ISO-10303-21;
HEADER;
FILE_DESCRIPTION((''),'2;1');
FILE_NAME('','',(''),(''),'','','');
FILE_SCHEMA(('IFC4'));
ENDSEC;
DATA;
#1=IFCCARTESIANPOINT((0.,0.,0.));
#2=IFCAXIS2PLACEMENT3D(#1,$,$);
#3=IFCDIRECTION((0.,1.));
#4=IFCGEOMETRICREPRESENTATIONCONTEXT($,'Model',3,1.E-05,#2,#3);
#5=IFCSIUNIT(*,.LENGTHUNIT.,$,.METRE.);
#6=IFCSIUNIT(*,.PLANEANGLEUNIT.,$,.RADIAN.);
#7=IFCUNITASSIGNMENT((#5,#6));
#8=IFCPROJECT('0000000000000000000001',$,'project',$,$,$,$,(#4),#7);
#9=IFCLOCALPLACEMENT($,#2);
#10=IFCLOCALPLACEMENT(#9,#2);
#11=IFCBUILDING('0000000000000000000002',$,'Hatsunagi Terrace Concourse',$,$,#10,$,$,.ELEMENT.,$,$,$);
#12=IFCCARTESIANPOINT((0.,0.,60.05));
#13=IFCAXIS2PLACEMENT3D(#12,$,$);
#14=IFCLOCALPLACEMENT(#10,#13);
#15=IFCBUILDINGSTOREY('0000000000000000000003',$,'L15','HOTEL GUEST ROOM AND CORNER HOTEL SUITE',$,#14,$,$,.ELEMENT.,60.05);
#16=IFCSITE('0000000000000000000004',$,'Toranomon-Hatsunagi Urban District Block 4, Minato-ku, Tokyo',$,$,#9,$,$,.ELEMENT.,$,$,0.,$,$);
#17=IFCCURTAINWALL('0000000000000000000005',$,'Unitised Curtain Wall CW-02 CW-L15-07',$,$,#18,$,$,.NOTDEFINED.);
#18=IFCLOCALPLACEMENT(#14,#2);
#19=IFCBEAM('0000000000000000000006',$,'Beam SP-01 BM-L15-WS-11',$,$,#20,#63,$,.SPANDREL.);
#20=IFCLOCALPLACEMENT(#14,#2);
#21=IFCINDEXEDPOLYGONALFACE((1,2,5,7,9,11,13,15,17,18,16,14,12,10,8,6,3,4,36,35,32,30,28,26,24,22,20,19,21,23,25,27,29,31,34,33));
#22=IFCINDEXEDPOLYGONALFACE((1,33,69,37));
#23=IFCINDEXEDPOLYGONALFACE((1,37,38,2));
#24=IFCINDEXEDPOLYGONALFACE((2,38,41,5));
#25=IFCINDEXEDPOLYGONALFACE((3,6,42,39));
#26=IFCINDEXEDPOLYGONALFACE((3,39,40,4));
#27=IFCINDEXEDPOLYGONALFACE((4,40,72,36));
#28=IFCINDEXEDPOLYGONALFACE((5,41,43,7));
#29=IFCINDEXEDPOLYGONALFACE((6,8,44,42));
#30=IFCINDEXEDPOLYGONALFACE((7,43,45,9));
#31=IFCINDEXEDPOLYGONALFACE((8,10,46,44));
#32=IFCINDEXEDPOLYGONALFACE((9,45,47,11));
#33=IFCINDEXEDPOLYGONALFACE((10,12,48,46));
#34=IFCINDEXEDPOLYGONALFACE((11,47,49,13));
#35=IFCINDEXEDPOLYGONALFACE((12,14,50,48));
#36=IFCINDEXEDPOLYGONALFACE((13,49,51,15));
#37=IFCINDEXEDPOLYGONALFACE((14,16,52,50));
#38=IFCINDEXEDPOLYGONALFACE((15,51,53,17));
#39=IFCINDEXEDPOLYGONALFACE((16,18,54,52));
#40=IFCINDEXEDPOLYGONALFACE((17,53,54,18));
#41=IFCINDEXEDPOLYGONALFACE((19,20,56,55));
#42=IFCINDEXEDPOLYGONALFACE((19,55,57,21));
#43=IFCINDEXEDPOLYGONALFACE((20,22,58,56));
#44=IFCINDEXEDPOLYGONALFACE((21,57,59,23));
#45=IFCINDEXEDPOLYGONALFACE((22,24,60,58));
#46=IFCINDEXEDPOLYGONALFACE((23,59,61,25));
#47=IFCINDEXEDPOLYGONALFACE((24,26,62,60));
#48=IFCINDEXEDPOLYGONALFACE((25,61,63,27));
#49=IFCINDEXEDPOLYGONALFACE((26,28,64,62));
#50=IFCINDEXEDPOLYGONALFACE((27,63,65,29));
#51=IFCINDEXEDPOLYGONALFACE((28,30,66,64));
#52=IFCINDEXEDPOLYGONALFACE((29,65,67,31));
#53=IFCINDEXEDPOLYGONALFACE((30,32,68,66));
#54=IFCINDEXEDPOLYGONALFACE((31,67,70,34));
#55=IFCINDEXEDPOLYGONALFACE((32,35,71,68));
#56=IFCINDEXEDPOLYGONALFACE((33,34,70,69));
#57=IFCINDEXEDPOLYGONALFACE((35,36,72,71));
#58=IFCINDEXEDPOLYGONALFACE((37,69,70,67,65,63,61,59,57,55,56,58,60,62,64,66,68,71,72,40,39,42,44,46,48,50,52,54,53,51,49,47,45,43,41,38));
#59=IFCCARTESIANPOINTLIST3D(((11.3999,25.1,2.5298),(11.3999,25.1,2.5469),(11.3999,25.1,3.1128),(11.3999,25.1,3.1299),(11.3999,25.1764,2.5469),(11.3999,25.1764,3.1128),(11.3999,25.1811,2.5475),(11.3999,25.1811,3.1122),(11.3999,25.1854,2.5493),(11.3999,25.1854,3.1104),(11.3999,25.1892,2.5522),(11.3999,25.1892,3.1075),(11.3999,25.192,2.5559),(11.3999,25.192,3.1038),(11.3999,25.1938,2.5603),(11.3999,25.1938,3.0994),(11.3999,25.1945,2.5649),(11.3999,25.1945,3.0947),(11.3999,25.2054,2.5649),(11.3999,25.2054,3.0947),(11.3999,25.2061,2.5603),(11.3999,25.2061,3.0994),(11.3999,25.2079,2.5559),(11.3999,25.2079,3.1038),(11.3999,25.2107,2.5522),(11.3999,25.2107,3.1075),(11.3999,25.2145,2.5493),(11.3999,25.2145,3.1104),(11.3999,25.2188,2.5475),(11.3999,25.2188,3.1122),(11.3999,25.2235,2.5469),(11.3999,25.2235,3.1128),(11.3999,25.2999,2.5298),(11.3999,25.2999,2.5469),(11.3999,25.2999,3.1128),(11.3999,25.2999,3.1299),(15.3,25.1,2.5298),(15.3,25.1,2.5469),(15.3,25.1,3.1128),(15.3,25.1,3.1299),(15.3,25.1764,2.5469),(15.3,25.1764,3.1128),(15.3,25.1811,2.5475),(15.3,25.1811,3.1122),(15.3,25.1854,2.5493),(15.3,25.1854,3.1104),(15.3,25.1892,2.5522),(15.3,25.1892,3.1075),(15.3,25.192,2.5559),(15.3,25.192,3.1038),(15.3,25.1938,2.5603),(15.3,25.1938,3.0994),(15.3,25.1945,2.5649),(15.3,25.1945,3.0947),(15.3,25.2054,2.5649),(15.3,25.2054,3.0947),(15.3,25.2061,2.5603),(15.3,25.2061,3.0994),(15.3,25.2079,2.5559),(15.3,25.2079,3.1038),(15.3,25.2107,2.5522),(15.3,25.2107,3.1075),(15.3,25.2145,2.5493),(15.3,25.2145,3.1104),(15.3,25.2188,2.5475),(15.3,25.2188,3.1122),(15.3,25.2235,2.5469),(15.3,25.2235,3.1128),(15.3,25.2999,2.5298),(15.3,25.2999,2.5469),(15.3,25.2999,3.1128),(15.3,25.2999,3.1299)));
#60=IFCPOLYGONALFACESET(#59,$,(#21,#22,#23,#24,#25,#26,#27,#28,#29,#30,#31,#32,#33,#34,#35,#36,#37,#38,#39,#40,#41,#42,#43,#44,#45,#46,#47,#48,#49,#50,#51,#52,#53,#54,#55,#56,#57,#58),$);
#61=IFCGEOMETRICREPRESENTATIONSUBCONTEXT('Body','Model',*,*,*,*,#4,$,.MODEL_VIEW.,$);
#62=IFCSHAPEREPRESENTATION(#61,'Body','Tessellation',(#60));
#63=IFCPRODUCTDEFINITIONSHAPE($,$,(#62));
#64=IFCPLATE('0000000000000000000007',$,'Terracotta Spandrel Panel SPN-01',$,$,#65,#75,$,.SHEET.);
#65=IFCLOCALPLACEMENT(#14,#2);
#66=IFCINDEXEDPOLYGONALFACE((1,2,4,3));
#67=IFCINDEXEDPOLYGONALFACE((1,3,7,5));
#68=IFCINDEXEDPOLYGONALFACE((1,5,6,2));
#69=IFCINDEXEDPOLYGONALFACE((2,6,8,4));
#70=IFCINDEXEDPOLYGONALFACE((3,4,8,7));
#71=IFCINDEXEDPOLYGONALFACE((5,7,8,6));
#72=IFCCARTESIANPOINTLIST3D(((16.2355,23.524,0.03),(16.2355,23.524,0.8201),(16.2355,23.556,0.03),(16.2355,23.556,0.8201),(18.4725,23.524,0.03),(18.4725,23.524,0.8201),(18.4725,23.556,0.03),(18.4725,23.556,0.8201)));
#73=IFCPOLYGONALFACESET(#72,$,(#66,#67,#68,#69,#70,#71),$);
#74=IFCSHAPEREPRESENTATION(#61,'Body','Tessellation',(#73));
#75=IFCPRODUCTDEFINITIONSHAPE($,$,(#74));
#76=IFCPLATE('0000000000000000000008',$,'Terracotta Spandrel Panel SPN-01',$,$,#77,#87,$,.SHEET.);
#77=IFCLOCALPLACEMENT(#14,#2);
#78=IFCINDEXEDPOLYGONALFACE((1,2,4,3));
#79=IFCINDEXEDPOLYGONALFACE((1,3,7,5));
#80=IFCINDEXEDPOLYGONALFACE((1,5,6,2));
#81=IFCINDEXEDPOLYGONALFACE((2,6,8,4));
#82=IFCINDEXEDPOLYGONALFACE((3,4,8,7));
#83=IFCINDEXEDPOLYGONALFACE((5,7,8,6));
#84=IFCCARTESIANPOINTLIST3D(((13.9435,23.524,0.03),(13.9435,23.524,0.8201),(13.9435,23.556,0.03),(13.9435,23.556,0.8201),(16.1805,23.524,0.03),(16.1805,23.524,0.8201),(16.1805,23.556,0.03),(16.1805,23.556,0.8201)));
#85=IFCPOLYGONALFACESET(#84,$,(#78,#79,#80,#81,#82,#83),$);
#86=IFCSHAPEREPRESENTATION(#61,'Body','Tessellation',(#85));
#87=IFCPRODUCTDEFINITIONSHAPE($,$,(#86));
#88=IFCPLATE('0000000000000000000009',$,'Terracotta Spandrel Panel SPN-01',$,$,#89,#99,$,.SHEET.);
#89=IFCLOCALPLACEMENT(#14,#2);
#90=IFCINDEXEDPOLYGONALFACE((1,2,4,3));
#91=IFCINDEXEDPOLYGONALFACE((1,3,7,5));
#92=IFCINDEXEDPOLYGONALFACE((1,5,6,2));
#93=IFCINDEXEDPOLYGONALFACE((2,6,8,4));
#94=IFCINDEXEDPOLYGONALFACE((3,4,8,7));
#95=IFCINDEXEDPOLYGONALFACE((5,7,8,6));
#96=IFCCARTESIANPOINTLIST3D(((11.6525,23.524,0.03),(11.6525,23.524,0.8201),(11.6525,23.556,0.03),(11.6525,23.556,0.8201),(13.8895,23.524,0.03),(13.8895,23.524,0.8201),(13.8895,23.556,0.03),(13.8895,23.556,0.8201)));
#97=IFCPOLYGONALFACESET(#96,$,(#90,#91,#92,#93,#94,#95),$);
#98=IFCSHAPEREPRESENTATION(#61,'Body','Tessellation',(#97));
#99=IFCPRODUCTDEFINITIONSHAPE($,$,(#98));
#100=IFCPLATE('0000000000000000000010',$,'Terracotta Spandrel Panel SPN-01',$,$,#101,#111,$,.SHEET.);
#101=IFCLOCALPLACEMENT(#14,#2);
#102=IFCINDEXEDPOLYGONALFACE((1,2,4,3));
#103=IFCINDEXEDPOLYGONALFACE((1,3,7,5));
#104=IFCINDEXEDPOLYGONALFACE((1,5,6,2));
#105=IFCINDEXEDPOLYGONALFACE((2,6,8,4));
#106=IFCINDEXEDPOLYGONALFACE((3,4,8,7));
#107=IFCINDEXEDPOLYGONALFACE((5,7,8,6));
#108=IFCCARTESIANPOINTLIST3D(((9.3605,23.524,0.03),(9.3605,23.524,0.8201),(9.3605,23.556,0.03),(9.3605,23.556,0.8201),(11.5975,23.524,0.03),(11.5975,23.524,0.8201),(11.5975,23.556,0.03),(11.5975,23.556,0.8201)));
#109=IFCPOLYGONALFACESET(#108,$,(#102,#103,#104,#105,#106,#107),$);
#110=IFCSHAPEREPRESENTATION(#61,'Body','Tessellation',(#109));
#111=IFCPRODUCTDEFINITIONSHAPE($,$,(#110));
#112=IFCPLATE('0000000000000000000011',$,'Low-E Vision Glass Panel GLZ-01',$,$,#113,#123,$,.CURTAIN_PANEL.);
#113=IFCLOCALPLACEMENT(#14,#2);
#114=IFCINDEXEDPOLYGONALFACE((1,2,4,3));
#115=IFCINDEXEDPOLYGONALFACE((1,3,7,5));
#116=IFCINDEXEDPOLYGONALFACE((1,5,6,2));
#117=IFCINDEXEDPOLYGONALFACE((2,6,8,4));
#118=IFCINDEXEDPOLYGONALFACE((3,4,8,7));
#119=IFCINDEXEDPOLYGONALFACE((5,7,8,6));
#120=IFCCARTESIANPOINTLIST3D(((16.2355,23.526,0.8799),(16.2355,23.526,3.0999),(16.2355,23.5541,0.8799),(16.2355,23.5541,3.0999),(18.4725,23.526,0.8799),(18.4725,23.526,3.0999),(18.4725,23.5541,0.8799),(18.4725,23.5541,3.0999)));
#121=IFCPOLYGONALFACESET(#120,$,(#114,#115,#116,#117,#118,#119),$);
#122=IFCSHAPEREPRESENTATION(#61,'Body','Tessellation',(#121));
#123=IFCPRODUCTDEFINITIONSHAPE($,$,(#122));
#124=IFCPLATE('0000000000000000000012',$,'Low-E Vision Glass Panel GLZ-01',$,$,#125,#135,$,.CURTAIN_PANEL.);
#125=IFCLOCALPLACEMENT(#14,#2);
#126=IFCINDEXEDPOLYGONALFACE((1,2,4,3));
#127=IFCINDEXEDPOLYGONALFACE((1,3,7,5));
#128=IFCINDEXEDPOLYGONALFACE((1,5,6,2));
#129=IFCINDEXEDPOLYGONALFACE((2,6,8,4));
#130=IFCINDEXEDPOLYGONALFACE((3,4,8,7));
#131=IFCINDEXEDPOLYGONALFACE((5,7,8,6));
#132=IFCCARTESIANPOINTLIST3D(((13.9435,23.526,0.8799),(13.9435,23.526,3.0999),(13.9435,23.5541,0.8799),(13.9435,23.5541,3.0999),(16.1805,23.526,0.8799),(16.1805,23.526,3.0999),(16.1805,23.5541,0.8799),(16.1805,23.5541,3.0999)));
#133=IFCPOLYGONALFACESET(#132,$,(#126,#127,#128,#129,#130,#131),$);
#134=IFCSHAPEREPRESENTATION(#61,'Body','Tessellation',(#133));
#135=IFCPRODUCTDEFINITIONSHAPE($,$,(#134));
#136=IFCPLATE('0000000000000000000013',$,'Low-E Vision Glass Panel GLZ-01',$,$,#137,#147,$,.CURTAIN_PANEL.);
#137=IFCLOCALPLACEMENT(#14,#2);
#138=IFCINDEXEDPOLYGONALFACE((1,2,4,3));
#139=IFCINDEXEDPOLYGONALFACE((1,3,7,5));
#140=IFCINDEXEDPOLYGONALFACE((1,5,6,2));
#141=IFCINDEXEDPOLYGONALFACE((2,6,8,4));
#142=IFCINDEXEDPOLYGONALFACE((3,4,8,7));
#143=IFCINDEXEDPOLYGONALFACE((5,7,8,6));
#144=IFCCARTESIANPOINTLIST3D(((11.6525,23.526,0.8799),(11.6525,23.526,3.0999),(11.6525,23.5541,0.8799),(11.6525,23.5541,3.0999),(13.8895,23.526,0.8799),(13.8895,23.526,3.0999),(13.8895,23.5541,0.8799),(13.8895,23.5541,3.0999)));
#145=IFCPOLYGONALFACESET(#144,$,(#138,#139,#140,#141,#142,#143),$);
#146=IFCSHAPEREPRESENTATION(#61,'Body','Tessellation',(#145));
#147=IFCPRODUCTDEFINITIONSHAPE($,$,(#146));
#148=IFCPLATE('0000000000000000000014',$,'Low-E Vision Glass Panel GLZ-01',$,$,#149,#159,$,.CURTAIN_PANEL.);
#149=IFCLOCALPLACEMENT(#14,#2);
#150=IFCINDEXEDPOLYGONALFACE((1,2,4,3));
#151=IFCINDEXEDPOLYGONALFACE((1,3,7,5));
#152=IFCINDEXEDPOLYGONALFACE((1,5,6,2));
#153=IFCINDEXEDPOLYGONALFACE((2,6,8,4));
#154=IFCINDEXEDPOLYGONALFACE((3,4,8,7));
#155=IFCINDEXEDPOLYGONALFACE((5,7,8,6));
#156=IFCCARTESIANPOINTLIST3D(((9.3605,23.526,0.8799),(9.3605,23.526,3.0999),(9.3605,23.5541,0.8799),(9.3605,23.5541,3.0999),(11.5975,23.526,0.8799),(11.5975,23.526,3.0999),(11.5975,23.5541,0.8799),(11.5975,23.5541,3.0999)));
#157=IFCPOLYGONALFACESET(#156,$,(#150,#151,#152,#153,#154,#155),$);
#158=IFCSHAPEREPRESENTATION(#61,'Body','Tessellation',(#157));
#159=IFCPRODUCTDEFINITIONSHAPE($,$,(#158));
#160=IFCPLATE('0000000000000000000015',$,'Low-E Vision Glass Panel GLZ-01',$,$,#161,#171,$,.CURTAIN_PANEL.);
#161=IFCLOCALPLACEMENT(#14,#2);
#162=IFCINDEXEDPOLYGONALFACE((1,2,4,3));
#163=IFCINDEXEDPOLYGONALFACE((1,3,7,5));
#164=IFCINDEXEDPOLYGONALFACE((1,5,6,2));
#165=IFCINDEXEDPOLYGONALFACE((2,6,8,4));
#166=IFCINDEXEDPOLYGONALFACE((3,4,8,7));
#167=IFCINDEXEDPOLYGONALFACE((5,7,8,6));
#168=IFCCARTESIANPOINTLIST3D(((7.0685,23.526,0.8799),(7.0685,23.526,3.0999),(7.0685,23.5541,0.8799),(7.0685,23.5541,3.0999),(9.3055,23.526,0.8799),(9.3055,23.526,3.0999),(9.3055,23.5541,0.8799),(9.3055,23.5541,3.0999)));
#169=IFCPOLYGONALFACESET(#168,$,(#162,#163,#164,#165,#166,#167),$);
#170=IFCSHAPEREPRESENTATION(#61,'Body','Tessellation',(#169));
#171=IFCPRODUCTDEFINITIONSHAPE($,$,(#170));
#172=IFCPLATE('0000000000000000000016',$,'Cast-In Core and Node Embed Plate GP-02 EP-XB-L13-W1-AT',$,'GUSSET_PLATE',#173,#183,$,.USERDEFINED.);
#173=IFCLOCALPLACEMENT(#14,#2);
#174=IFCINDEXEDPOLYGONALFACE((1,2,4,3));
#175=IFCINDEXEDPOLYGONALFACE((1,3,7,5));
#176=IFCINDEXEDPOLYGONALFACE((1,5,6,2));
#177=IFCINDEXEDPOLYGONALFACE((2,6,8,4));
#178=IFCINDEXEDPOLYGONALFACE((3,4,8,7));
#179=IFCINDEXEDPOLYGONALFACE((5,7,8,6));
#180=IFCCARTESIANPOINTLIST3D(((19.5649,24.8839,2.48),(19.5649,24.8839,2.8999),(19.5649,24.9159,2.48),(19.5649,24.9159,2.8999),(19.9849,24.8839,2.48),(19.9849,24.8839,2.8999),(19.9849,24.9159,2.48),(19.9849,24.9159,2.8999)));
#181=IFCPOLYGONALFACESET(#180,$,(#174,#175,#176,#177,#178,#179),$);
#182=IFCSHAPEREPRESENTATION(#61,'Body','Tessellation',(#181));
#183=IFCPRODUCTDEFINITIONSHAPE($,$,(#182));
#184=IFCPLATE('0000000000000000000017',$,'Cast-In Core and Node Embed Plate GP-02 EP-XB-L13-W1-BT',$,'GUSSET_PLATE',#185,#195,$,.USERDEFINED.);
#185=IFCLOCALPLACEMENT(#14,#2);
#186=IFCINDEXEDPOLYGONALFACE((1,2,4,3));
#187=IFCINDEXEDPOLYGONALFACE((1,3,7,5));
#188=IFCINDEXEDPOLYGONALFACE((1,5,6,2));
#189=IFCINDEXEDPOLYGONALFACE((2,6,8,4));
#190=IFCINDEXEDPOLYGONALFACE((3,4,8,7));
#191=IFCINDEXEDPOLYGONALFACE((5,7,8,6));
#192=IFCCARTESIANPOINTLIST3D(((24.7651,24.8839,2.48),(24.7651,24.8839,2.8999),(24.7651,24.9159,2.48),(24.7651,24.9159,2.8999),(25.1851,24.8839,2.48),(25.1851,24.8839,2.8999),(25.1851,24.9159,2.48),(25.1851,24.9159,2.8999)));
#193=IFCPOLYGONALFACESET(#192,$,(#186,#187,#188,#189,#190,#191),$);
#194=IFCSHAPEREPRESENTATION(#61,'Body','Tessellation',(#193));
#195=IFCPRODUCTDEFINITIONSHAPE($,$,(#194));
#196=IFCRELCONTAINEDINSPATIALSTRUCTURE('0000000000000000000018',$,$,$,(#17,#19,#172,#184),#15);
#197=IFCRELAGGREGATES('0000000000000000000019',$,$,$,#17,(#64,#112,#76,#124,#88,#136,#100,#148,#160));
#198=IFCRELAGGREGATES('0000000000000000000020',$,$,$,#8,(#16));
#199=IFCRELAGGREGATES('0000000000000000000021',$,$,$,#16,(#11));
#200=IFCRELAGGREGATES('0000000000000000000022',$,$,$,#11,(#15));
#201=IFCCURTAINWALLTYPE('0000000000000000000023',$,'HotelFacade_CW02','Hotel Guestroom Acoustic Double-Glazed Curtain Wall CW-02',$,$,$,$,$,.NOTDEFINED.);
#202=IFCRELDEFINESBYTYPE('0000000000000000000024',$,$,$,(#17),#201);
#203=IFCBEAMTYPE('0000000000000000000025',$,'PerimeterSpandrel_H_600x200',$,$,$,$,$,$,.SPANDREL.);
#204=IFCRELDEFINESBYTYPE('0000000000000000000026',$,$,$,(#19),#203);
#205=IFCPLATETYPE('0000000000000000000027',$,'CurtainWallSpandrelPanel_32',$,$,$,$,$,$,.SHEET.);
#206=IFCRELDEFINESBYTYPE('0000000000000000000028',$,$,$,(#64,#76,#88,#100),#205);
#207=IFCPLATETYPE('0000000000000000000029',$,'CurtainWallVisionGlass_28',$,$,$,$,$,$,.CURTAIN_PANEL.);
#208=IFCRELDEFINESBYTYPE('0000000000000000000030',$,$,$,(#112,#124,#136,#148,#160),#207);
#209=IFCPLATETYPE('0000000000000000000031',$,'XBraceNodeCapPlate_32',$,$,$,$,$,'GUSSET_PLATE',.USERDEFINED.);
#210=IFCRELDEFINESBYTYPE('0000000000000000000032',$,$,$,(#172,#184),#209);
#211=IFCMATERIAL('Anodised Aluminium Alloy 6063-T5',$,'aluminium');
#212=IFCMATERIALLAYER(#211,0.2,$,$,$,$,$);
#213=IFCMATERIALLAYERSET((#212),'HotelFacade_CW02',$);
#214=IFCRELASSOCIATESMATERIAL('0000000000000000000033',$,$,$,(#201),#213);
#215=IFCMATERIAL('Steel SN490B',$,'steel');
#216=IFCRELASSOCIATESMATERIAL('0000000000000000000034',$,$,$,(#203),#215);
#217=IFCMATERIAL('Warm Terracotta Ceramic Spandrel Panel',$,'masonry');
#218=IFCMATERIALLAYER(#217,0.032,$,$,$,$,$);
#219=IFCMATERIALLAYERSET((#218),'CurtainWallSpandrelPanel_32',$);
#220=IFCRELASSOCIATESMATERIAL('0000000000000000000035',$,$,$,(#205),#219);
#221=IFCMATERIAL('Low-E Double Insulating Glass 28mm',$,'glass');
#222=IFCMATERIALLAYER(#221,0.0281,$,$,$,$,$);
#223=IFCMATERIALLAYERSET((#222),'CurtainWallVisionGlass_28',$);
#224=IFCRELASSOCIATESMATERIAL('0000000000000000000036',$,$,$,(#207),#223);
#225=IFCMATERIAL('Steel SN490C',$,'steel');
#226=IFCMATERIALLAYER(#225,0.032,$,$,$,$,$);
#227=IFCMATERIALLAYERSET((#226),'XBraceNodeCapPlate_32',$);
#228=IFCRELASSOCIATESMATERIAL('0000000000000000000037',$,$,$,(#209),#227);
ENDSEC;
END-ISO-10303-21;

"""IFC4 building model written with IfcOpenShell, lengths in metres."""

from ifc_helpers import new_model, si_unit, direction, frame, origin, origin_2d, place, context, subcontext, project, spatial, rectangle, i_section, extrude, material, layer, layer_set, material_profile, profile_set, type_object, element, aggregate, save


model = new_model("IFC4")

# Units and contexts
model_context = context("Model", 3, precision=1e-05, world=origin(), true_north=direction((0.0, 1.0)))
body_context = subcontext(model_context, "Body", "Model", "MODEL_VIEW")
ifc_project = project(units=[si_unit("LENGTHUNIT", "METRE"), si_unit("PLANEANGLEUNIT", "RADIAN")], contexts=[model_context])

# Site, building, storey
site_placement = place(None, origin())
site = spatial("IfcSite", under=ifc_project, at=site_placement, Name="Toranomon-Hatsunagi Urban District Block 4, Minato-ku, Tokyo", CompositionType="ELEMENT", RefElevation=0.0)
building_placement = place(site_placement, origin())
building = spatial("IfcBuilding", under=site, at=building_placement, Name="Hatsunagi Terrace Concourse", CompositionType="ELEMENT")
storey_placement = place(building_placement, frame((0.0, 0.0, 60.05)))
storey = spatial("IfcBuildingStorey", under=building, at=storey_placement, Name="L15", Description="HOTEL GUEST ROOM AND CORNER HOTEL SUITE", CompositionType="ELEMENT", Elevation=60.05)

# Curtain wall
ifc_material_1 = material(Name="Anodised Aluminium Alloy 6063-T5", Category="aluminium")
ifc_layer_1 = layer(ifc_material_1, 0.2)
ifc_layer_set_1 = layer_set([ifc_layer_1], Name="HotelFacade_CW02")
curtain_wall_type = type_object("IfcCurtainWallType", Name="HotelFacade_CW02", Description="Hotel Guestroom Acoustic Double-Glazed Curtain Wall CW-02", PredefinedType="NOTDEFINED", material=ifc_layer_set_1)
curtain_wall_placement = place(storey_placement, origin())
curtain_wall = element("IfcCurtainWall", 1, at=curtain_wall_placement, inside=storey, type_object=curtain_wall_type, Name="Unitised Curtain Wall CW-02 CW-L15-07", PredefinedType="NOTDEFINED")

# Beam
ifc_material_2 = material(Name="Steel SN490B", Category="steel")
ifc_material_profile_1 = material_profile(ifc_material_2, i_section(OverallWidth=0.2, OverallDepth=0.6001, WebThickness=0.011, FlangeThickness=0.0171, FilletRadius=0.0181, at=origin_2d()), Name="H-600x200x11x17")
ifc_profile_set_1 = profile_set([ifc_material_profile_1], Name="Steel SN490B")
beam_type = type_object("IfcBeamType", Name="PerimeterSpandrel_H_600x200", PredefinedType="SPANDREL", material=ifc_profile_set_1)
beam_placement = place(storey_placement, frame((11.3999, 25.2, 2.8298), z_axis=(1.0, 0.0, 0.0), x_axis=(0.0, 1.0, 0.0)))
element("IfcBeam", 2, at=beam_placement, inside=storey, type_object=beam_type, Name="Beam SP-01 BM-L15-WS-11", PredefinedType="SPANDREL", context=body_context, shape_type="SweptSolid", body=[
    extrude(i_section(OverallWidth=0.2, OverallDepth=0.6001, WebThickness=0.011, FlangeThickness=0.0171, FilletRadius=0.0181, at=origin_2d()), origin(), (0.0, 0.0, 1.0), 3.9001),
])

# Plates
ifc_material_3 = material(Name="Warm Terracotta Ceramic Spandrel Panel", Category="masonry")
ifc_layer_2 = layer(ifc_material_3, 0.032)
ifc_layer_set_2 = layer_set([ifc_layer_2], Name="CurtainWallSpandrelPanel_32")
plate_type_1 = type_object("IfcPlateType", Name="CurtainWallSpandrelPanel_32", PredefinedType="SHEET", material=ifc_layer_set_2)
plate_1_placement = place(storey_placement, frame((17.354, 23.54, 0.03), z_axis=(0.0, 0.0, 1.0), x_axis=(-1.0, 0.0, 0.0)))
plate_1 = element("IfcPlate", 3, at=plate_1_placement, type_object=plate_type_1, Name="Terracotta Spandrel Panel SPN-01", PredefinedType="SHEET", context=body_context, shape_type="SweptSolid", body=[
    extrude(rectangle(XDim=2.2371, YDim=0.032, at=origin_2d()), origin(), (0.0, 0.0, 1.0), 0.79),
])
plate_2_placement = place(storey_placement, frame((15.062, 23.54, 0.03), z_axis=(0.0, 0.0, 1.0), x_axis=(-1.0, 0.0, 0.0)))
plate_2 = element("IfcPlate", 4, at=plate_2_placement, type_object=plate_type_1, Name="Terracotta Spandrel Panel SPN-01", PredefinedType="SHEET", context=body_context, shape_type="SweptSolid", body=[
    extrude(rectangle(XDim=2.2371, YDim=0.032, at=origin_2d()), origin(), (0.0, 0.0, 1.0), 0.79),
])
plate_3_placement = place(storey_placement, frame((12.771, 23.54, 0.03), z_axis=(0.0, 0.0, 1.0), x_axis=(-1.0, 0.0, 0.0)))
plate_3 = element("IfcPlate", 5, at=plate_3_placement, type_object=plate_type_1, Name="Terracotta Spandrel Panel SPN-01", PredefinedType="SHEET", context=body_context, shape_type="SweptSolid", body=[
    extrude(rectangle(XDim=2.2371, YDim=0.032, at=origin_2d()), origin(), (0.0, 0.0, 1.0), 0.79),
])
plate_4_placement = place(storey_placement, frame((10.479, 23.54, 0.03), z_axis=(0.0, 0.0, 1.0), x_axis=(-1.0, 0.0, 0.0)))
plate_4 = element("IfcPlate", 6, at=plate_4_placement, type_object=plate_type_1, Name="Terracotta Spandrel Panel SPN-01", PredefinedType="SHEET", context=body_context, shape_type="SweptSolid", body=[
    extrude(rectangle(XDim=2.2371, YDim=0.032, at=origin_2d()), origin(), (0.0, 0.0, 1.0), 0.79),
])
ifc_material_4 = material(Name="Low-E Double Insulating Glass 28mm", Category="glass")
ifc_layer_3 = layer(ifc_material_4, 0.0281)
ifc_layer_set_3 = layer_set([ifc_layer_3], Name="CurtainWallVisionGlass_28")
plate_type_2 = type_object("IfcPlateType", Name="CurtainWallVisionGlass_28", PredefinedType="CURTAIN_PANEL", material=ifc_layer_set_3)
plate_5_placement = place(storey_placement, frame((17.354, 23.54, 0.8799), z_axis=(0.0, 0.0, 1.0), x_axis=(-1.0, 0.0, 0.0)))
plate_5 = element("IfcPlate", 7, at=plate_5_placement, type_object=plate_type_2, Name="Low-E Vision Glass Panel GLZ-01", PredefinedType="CURTAIN_PANEL", context=body_context, shape_type="SweptSolid", body=[
    extrude(rectangle(XDim=2.2371, YDim=0.0281, at=origin_2d()), origin(), (0.0, 0.0, 1.0), 2.22),
])
plate_6_placement = place(storey_placement, frame((15.062, 23.54, 0.8799), z_axis=(0.0, 0.0, 1.0), x_axis=(-1.0, 0.0, 0.0)))
plate_6 = element("IfcPlate", 8, at=plate_6_placement, type_object=plate_type_2, Name="Low-E Vision Glass Panel GLZ-01", PredefinedType="CURTAIN_PANEL", context=body_context, shape_type="SweptSolid", body=[
    extrude(rectangle(XDim=2.2371, YDim=0.0281, at=origin_2d()), origin(), (0.0, 0.0, 1.0), 2.22),
])
plate_7_placement = place(storey_placement, frame((12.771, 23.54, 0.8799), z_axis=(0.0, 0.0, 1.0), x_axis=(-1.0, 0.0, 0.0)))
plate_7 = element("IfcPlate", 9, at=plate_7_placement, type_object=plate_type_2, Name="Low-E Vision Glass Panel GLZ-01", PredefinedType="CURTAIN_PANEL", context=body_context, shape_type="SweptSolid", body=[
    extrude(rectangle(XDim=2.2371, YDim=0.0281, at=origin_2d()), origin(), (0.0, 0.0, 1.0), 2.22),
])
plate_8_placement = place(storey_placement, frame((10.479, 23.54, 0.8799), z_axis=(0.0, 0.0, 1.0), x_axis=(-1.0, 0.0, 0.0)))
plate_8 = element("IfcPlate", 10, at=plate_8_placement, type_object=plate_type_2, Name="Low-E Vision Glass Panel GLZ-01", PredefinedType="CURTAIN_PANEL", context=body_context, shape_type="SweptSolid", body=[
    extrude(rectangle(XDim=2.2371, YDim=0.0281, at=origin_2d()), origin(), (0.0, 0.0, 1.0), 2.22),
])
plate_9_placement = place(storey_placement, frame((8.187, 23.54, 0.8799), z_axis=(0.0, 0.0, 1.0), x_axis=(-1.0, 0.0, 0.0)))
plate_9 = element("IfcPlate", 11, at=plate_9_placement, type_object=plate_type_2, Name="Low-E Vision Glass Panel GLZ-01", PredefinedType="CURTAIN_PANEL", context=body_context, shape_type="SweptSolid", body=[
    extrude(rectangle(XDim=2.2371, YDim=0.0281, at=origin_2d()), origin(), (0.0, 0.0, 1.0), 2.22),
])
aggregate(curtain_wall, [plate_1, plate_5, plate_2, plate_6, plate_3, plate_7, plate_4, plate_8, plate_9])

# Plates
ifc_material_5 = material(Name="Steel SN490C", Category="steel")
ifc_layer_4 = layer(ifc_material_5, 0.032)
ifc_layer_set_4 = layer_set([ifc_layer_4], Name="XBraceNodeCapPlate_32")
plate_type_3 = type_object("IfcPlateType", Name="XBraceNodeCapPlate_32", ElementType="GUSSET_PLATE", PredefinedType="USERDEFINED", material=ifc_layer_set_4)
for number, where, z_axis, x_axis, name in (
    (12, (19.7749, 24.8999, 2.48), (0.0, 0.0, 1.0), (1.0, 0.0, 0.0), "Cast-In Core and Node Embed Plate GP-02 EP-XB-L13-W1-AT"),
    (13, (24.9751, 24.8999, 2.48), (0.0, 0.0, 1.0), (1.0, 0.0, 0.0), "Cast-In Core and Node Embed Plate GP-02 EP-XB-L13-W1-BT"),
):
    element("IfcPlate", number, at=place(storey_placement, frame(where, z_axis=z_axis, x_axis=x_axis)), inside=storey, type_object=plate_type_3, Name=name, ObjectType="GUSSET_PLATE", PredefinedType="USERDEFINED", context=body_context, shape_type="SweptSolid", body=[
        extrude(rectangle(XDim=0.4199, YDim=0.032, at=origin_2d()), origin(), (0.0, 0.0, 1.0), 0.4199),
    ])

save(model, "model.ifc")
